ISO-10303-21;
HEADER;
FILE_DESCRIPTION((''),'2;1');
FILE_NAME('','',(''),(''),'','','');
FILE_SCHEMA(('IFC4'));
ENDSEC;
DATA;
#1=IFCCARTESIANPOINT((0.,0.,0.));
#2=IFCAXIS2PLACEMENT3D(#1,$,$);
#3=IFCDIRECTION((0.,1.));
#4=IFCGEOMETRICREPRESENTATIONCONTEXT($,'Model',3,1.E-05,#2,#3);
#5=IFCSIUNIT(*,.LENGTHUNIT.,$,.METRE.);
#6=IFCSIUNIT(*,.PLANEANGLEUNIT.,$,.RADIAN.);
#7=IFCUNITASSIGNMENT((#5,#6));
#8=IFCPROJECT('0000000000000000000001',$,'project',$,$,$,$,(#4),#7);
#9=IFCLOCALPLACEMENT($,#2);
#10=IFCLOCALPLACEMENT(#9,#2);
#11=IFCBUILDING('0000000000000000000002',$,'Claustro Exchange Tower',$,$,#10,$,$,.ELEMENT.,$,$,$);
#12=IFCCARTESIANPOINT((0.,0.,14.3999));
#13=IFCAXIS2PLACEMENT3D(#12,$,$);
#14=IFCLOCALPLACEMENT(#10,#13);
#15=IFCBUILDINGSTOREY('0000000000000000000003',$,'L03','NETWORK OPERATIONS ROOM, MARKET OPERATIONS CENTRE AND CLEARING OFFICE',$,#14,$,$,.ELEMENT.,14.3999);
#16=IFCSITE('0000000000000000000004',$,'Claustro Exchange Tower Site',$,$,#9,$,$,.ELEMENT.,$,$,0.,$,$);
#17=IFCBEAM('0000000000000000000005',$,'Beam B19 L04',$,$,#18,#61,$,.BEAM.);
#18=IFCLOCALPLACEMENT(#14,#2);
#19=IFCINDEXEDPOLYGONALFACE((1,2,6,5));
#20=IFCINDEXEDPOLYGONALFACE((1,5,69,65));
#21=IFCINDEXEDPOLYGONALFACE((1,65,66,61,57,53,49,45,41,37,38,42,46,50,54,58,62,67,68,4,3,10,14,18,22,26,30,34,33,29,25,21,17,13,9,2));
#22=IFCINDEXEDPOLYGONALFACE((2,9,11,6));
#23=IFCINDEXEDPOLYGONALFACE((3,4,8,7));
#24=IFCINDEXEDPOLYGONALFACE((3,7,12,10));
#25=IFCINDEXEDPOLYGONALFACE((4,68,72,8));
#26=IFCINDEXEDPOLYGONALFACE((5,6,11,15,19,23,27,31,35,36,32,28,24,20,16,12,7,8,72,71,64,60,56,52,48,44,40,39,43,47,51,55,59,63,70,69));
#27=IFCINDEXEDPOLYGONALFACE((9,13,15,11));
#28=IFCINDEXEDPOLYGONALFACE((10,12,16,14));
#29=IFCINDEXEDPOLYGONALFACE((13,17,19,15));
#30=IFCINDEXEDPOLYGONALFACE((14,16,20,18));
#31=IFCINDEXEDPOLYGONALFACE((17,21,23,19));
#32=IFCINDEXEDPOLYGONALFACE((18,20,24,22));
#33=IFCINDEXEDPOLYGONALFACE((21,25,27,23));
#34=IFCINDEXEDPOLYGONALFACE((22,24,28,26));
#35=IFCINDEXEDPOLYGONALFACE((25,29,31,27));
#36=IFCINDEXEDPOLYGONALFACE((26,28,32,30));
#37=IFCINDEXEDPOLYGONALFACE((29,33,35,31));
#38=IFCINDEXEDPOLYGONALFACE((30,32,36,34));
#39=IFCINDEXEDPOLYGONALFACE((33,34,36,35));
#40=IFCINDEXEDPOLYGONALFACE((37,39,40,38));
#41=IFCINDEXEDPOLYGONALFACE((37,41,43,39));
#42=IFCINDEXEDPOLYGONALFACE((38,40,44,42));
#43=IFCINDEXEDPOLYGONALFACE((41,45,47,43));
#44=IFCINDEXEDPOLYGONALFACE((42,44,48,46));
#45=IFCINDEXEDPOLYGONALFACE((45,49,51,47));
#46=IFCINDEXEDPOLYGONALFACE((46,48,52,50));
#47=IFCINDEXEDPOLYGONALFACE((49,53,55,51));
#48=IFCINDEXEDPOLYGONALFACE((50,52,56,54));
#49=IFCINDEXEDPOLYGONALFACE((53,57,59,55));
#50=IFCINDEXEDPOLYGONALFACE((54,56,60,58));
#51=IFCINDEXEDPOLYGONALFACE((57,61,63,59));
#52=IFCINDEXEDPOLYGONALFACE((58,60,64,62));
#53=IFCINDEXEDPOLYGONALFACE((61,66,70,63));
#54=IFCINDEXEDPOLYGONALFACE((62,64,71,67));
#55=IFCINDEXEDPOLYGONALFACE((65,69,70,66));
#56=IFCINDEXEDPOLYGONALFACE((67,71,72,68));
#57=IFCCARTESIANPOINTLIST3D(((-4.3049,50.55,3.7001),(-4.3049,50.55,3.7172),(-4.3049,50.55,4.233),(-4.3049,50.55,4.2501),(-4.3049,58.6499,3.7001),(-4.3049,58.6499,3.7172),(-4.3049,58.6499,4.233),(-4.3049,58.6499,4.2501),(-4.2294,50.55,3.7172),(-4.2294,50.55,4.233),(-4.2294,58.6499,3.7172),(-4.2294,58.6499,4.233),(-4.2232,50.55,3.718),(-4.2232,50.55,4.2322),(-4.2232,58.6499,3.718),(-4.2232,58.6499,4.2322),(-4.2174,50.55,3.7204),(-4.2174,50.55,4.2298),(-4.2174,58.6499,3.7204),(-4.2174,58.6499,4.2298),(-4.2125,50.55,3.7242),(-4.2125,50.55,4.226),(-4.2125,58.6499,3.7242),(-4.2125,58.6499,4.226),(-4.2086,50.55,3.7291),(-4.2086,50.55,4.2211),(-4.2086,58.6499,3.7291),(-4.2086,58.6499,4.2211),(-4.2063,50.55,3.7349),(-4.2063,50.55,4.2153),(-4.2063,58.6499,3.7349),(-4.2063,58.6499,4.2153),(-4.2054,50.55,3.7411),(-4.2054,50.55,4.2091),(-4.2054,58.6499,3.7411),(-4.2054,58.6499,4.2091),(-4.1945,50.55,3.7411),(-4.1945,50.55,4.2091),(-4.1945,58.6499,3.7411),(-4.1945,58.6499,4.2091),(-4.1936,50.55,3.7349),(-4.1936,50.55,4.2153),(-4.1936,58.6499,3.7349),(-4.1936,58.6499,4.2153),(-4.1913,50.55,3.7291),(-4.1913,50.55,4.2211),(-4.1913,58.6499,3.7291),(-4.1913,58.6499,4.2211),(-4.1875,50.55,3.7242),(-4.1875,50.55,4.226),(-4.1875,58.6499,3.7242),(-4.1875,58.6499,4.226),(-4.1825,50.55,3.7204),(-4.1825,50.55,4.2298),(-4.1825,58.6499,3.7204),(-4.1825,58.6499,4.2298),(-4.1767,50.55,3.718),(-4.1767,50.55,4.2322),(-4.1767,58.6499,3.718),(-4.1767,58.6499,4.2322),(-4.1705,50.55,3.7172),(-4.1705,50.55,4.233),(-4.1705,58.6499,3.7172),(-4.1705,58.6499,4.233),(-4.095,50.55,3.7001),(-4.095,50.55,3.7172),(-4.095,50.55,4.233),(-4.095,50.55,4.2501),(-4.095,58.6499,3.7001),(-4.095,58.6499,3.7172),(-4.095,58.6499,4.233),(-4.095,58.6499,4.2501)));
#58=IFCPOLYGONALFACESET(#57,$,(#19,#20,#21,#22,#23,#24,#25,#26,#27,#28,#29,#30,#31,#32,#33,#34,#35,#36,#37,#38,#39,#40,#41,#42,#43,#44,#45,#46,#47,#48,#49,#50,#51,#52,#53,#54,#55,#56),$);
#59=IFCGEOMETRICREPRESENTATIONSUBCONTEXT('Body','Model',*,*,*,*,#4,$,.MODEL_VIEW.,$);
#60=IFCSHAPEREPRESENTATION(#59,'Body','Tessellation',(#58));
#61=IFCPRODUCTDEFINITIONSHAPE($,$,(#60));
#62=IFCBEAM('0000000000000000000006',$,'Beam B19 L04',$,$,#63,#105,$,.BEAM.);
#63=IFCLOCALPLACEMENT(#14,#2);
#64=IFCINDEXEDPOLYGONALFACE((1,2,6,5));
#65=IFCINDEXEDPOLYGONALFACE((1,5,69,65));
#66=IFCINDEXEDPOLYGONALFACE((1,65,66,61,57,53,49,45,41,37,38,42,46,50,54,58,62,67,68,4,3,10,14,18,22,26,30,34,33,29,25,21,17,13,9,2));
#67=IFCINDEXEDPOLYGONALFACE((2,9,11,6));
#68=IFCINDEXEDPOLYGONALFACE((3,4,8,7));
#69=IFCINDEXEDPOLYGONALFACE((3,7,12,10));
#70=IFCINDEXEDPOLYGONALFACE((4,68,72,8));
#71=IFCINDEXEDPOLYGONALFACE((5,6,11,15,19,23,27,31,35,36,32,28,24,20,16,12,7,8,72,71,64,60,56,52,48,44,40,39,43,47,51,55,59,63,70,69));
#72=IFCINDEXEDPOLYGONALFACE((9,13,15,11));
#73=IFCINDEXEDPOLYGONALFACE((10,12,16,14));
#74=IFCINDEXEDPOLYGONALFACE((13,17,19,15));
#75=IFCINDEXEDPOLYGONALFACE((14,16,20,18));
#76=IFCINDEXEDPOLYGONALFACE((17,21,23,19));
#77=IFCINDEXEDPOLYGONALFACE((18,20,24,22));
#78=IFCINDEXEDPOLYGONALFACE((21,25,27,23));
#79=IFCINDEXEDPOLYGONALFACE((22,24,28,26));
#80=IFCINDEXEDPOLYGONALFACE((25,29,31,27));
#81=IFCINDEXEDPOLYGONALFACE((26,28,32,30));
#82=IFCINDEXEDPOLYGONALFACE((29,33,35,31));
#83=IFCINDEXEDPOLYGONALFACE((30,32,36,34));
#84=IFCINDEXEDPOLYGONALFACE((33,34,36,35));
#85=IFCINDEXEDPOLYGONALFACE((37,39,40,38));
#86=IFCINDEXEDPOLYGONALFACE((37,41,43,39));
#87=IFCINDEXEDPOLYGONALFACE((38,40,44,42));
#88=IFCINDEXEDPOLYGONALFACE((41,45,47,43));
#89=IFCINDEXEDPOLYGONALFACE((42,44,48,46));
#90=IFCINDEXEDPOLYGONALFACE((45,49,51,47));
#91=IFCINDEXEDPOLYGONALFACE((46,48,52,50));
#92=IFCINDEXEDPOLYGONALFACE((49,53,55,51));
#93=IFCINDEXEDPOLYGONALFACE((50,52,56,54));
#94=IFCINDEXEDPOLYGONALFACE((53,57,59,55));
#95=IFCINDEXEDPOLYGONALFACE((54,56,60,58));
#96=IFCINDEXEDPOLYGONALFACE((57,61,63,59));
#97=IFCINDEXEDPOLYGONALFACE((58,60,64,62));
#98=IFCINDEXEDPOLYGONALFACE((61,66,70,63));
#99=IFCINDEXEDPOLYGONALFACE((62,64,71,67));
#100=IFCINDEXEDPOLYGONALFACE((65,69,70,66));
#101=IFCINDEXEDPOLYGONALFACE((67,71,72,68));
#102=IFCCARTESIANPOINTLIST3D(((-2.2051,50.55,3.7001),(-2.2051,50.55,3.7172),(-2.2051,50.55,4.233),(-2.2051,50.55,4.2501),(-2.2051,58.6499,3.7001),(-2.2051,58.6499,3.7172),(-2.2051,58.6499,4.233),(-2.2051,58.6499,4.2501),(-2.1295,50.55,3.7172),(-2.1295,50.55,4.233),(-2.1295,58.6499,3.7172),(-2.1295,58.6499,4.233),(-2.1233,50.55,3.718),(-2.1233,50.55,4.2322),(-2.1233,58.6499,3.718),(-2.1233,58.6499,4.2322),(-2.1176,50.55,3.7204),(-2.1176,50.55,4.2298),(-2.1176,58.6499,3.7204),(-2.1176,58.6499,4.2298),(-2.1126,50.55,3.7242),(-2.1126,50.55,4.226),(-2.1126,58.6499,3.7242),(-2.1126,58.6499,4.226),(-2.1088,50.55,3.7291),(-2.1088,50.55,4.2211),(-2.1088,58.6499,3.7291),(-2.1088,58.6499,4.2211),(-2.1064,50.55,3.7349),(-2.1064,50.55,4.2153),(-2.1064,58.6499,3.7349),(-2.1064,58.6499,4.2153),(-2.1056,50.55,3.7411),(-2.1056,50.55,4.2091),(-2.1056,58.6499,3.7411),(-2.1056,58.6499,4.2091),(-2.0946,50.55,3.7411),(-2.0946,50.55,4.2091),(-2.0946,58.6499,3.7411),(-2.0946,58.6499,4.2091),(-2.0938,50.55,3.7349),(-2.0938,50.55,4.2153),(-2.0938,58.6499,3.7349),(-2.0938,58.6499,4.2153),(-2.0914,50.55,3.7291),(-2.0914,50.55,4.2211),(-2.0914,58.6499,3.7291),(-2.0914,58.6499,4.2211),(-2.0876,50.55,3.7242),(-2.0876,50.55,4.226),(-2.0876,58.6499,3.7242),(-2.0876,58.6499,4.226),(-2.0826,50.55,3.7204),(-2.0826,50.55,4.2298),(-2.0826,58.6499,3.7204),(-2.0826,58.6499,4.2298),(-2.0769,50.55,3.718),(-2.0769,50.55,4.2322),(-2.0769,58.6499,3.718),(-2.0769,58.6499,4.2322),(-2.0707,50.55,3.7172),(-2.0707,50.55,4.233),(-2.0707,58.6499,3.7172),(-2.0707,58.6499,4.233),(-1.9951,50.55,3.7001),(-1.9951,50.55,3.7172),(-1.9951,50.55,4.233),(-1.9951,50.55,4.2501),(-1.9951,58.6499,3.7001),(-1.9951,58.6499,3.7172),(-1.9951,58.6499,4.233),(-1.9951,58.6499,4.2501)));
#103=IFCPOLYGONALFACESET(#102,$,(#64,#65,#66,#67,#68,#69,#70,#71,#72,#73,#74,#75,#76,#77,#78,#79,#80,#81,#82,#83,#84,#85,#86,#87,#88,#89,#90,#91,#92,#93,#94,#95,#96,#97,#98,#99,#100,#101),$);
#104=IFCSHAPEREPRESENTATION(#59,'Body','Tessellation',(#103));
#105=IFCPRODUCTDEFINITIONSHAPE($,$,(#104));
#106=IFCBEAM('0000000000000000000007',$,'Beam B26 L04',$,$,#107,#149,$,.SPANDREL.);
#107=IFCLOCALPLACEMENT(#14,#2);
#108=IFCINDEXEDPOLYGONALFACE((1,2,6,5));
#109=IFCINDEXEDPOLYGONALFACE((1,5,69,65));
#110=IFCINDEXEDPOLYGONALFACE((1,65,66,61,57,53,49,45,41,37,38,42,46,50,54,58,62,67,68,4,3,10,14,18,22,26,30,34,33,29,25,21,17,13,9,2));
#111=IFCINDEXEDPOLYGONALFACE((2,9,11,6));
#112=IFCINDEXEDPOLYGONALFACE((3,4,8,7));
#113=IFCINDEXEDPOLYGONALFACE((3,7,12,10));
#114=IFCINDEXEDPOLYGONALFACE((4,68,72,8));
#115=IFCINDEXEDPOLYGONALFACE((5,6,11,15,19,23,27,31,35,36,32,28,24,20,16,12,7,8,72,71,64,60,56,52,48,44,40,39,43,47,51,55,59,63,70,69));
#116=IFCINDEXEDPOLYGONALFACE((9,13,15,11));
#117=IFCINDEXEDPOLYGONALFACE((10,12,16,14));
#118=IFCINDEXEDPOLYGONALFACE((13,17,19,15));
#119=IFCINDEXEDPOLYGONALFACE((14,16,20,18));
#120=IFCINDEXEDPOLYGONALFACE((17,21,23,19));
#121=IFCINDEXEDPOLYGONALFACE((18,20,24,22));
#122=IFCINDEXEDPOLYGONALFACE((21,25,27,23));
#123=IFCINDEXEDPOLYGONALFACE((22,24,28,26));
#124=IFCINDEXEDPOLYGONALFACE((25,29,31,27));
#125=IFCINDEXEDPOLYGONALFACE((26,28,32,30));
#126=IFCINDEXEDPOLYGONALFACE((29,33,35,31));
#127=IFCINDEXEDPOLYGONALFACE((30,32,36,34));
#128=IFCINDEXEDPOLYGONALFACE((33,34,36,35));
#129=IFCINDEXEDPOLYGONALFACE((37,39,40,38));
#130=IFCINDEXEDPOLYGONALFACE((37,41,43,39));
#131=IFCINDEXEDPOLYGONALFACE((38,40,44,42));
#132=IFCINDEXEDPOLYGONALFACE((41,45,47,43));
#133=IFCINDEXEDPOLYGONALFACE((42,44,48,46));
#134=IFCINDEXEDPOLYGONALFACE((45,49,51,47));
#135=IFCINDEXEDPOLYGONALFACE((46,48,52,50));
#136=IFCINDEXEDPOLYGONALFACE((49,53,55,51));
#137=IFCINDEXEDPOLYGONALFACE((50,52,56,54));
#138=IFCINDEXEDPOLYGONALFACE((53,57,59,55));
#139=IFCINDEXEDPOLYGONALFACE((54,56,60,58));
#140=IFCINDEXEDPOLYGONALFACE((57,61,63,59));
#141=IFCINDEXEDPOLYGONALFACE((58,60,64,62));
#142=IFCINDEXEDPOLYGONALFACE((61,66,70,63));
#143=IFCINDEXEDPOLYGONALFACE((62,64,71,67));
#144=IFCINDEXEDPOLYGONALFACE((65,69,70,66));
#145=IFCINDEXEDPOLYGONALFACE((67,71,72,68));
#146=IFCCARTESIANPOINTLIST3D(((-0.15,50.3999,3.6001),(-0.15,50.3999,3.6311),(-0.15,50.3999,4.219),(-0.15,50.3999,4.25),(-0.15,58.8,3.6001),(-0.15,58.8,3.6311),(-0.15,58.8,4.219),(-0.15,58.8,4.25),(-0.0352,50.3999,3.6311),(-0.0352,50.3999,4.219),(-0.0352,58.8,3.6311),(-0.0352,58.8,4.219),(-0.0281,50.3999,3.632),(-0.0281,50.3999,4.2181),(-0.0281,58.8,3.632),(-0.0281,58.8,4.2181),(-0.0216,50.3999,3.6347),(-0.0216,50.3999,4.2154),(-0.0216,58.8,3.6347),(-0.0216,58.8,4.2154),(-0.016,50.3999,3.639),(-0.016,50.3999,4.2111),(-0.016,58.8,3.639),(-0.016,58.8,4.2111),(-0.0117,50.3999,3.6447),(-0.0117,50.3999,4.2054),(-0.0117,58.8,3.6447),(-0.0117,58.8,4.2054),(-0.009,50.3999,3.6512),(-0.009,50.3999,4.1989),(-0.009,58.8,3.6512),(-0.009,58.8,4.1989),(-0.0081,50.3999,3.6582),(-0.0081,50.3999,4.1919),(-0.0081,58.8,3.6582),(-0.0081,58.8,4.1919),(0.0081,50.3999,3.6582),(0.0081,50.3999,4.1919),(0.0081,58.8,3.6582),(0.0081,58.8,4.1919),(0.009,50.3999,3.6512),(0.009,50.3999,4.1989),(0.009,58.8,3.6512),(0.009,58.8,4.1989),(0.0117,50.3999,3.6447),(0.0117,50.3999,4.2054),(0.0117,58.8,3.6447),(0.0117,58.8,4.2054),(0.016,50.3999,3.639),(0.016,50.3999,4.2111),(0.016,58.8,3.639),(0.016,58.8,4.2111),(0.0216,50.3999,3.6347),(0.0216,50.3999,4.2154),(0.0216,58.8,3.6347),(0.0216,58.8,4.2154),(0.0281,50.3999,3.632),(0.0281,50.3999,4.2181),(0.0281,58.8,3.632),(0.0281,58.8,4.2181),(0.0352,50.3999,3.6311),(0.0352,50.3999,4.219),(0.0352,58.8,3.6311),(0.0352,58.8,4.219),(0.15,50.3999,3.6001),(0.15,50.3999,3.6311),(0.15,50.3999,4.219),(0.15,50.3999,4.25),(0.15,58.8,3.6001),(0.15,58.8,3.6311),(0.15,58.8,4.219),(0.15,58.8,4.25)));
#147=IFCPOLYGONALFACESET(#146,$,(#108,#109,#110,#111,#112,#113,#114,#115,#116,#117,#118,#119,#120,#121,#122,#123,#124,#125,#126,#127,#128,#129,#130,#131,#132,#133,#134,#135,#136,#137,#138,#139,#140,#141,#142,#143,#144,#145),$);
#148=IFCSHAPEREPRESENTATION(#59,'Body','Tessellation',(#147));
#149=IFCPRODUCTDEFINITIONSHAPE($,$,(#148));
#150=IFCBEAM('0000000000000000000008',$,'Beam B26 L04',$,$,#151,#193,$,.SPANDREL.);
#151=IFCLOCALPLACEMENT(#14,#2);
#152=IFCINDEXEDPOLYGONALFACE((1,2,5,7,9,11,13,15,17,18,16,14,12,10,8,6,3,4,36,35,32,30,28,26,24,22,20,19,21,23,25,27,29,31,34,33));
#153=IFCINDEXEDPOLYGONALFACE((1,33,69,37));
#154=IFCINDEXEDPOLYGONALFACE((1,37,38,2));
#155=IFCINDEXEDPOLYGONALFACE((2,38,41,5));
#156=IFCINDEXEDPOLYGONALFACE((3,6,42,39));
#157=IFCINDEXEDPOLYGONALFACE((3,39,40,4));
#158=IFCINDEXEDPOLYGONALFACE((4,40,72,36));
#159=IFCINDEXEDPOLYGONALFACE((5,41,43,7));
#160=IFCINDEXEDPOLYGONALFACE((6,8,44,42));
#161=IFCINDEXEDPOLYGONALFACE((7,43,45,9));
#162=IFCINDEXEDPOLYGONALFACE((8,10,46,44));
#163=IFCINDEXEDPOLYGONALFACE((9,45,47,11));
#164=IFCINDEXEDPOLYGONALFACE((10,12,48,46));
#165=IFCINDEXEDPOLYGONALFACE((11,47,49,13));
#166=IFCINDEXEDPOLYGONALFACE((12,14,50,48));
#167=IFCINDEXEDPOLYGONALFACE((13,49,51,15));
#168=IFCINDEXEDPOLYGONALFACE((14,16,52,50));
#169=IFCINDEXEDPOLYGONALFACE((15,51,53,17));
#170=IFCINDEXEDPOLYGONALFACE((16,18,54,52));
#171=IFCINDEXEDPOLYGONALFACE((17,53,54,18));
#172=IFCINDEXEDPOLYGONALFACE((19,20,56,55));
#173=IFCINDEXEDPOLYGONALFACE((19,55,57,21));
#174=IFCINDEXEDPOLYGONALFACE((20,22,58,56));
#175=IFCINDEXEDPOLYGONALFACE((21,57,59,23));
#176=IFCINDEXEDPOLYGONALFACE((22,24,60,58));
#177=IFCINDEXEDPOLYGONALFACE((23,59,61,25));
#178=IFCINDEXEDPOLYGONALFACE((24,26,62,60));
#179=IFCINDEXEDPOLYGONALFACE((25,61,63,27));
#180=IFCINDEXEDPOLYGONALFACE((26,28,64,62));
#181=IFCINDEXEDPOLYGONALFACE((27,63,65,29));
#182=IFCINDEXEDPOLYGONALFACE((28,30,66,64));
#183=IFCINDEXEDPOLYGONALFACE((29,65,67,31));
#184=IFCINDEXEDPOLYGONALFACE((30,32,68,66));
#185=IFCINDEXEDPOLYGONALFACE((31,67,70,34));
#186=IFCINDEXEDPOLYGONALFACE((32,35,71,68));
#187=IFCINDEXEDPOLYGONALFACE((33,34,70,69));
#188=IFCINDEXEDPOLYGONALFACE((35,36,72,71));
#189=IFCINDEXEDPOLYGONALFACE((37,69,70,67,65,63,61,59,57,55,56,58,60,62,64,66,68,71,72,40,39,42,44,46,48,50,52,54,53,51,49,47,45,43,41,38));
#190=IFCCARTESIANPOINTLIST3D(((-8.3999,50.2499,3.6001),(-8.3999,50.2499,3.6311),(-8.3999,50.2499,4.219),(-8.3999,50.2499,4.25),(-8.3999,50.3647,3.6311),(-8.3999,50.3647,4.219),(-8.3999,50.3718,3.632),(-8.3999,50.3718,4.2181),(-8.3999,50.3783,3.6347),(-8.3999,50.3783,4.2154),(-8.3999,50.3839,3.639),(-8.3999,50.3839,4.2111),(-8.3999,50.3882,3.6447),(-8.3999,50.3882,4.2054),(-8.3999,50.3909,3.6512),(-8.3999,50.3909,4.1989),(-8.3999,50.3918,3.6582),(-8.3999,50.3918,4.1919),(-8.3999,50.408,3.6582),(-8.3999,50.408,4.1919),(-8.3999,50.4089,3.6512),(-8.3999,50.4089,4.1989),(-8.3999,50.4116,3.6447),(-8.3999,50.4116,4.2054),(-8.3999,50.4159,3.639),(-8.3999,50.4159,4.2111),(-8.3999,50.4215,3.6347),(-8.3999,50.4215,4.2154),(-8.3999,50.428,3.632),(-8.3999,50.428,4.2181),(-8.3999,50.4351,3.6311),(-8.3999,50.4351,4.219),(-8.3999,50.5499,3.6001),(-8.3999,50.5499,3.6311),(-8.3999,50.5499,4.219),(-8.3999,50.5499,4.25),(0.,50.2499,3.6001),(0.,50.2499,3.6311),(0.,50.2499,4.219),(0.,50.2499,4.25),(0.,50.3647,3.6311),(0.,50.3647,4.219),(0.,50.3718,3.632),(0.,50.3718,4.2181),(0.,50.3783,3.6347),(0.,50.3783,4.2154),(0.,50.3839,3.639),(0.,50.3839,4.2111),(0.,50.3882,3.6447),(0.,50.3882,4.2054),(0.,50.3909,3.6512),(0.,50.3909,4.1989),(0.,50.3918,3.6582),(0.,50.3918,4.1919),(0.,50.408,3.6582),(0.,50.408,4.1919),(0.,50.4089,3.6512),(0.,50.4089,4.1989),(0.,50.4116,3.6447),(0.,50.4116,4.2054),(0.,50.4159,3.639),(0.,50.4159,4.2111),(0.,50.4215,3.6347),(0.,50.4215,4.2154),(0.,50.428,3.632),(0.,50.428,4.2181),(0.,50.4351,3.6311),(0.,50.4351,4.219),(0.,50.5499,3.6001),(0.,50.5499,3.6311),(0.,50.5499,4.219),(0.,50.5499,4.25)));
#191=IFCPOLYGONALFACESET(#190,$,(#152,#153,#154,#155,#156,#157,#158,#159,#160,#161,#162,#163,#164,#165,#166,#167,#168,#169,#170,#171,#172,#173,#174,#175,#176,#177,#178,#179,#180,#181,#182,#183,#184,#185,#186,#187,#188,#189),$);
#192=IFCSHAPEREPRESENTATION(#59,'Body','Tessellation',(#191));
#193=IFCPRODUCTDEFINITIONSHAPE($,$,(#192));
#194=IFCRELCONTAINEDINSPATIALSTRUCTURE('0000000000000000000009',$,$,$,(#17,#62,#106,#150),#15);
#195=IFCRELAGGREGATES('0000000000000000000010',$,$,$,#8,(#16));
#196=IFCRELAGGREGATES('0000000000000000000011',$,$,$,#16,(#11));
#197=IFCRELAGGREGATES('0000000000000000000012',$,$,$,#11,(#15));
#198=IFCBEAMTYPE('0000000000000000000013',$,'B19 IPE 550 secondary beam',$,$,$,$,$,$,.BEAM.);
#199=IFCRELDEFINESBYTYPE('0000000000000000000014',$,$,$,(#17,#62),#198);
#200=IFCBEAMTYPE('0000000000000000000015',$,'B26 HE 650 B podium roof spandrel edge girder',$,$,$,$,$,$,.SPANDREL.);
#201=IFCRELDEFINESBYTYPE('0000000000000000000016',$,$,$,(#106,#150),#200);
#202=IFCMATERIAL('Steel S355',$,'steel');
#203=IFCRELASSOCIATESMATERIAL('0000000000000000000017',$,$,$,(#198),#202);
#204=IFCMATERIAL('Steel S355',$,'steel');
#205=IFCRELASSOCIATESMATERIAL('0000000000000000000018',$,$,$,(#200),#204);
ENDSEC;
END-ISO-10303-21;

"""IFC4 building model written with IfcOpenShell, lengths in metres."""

from ifc_helpers import new_model, si_unit, direction, frame, origin, origin_2d, place, context, subcontext, project, spatial, i_section, extrude, material, material_profile, profile_set, type_object, element, save


model = new_model("IFC4")

# Units and contexts
model_context = context("Model", 3, precision=1e-05, world=origin(), true_north=direction((0.0, 1.0)))
body_context = subcontext(model_context, "Body", "Model", "MODEL_VIEW")
ifc_project = project(units=[si_unit("LENGTHUNIT", "METRE"), si_unit("PLANEANGLEUNIT", "RADIAN")], contexts=[model_context])

# Site, building, storey
site_placement = place(None, origin())
site = spatial("IfcSite", under=ifc_project, at=site_placement, Name="Claustro Exchange Tower Site", CompositionType="ELEMENT", RefElevation=0.0)
building_placement = place(site_placement, origin())
building = spatial("IfcBuilding", under=site, at=building_placement, Name="Claustro Exchange Tower", CompositionType="ELEMENT")
storey_placement = place(building_placement, frame((0.0, 0.0, 14.3999)))
storey = spatial("IfcBuildingStorey", under=building, at=storey_placement, Name="L03", Description="NETWORK OPERATIONS ROOM, MARKET OPERATIONS CENTRE AND CLEARING OFFICE", CompositionType="ELEMENT", Elevation=14.3999)

# Beams
ifc_material_1 = material(Name="Steel S355", Category="steel")
ifc_material_profile_1 = material_profile(ifc_material_1, i_section(OverallWidth=0.21, OverallDepth=0.55, WebThickness=0.011, FlangeThickness=0.0171, FilletRadius=0.0239, at=origin_2d()), Name="IPE 550")
ifc_profile_set_1 = profile_set([ifc_material_profile_1], Name="Steel S355")
beam_type_1 = type_object("IfcBeamType", Name="B19 IPE 550 secondary beam", PredefinedType="BEAM", material=ifc_profile_set_1)
for number, where, z_axis, x_axis, name in (
    (1, (-4.2, 50.55, 3.9751), (0.0, 1.0, 0.0), (-1.0, 0.0, 0.0), "Beam B19 L04"),
    (2, (-2.1001, 50.55, 3.9751), (0.0, 1.0, 0.0), (-1.0, 0.0, 0.0), "Beam B19 L04"),
):
    element("IfcBeam", number, at=place(storey_placement, frame(where, z_axis=z_axis, x_axis=x_axis)), inside=storey, type_object=beam_type_1, Name=name, PredefinedType="BEAM", context=body_context, shape_type="SweptSolid", body=[
        extrude(i_section(OverallWidth=0.21, OverallDepth=0.55, WebThickness=0.011, FlangeThickness=0.0171, FilletRadius=0.0239, at=origin_2d()), origin(), (0.0, 0.0, 1.0), 8.0999),
    ])
ifc_material_2 = material(Name="Steel S355", Category="steel")
ifc_material_profile_2 = material_profile(ifc_material_2, i_section(OverallWidth=0.3, OverallDepth=0.6499, WebThickness=0.0161, FlangeThickness=0.031, FilletRadius=0.0271, at=origin_2d()), Name="HE 650 B")
ifc_profile_set_2 = profile_set([ifc_material_profile_2], Name="Steel S355")
beam_type_2 = type_object("IfcBeamType", Name="B26 HE 650 B podium roof spandrel edge girder", PredefinedType="SPANDREL", material=ifc_profile_set_2)
beam_1_placement = place(storey_placement, frame((0.0, 50.3999, 3.925), z_axis=(0.0, 1.0, 0.0), x_axis=(-1.0, 0.0, 0.0)))
element("IfcBeam", 3, at=beam_1_placement, inside=storey, type_object=beam_type_2, Name="Beam B26 L04", PredefinedType="SPANDREL", context=body_context, shape_type="SweptSolid", body=[
    extrude(i_section(OverallWidth=0.3, OverallDepth=0.6499, WebThickness=0.0161, FlangeThickness=0.031, FilletRadius=0.0271, at=origin_2d()), origin(), (0.0, 0.0, 1.0), 8.4001),
])
for number, where, z_axis, x_axis, name in (
    (4, (-8.3999, 50.3999, 3.925), (1.0, 0.0, 0.0), (0.0, 1.0, 0.0), "Beam B26 L04"),
):
    element("IfcBeam", number, at=place(storey_placement, frame(where, z_axis=z_axis, x_axis=x_axis)), inside=storey, type_object=beam_type_2, Name=name, PredefinedType="SPANDREL", context=body_context, shape_type="SweptSolid", body=[
        extrude(i_section(OverallWidth=0.3, OverallDepth=0.6499, WebThickness=0.0161, FlangeThickness=0.031, FilletRadius=0.0271, at=origin_2d()), origin(), (0.0, 0.0, 1.0), 8.3999),
    ])

save(model, "model.ifc")
